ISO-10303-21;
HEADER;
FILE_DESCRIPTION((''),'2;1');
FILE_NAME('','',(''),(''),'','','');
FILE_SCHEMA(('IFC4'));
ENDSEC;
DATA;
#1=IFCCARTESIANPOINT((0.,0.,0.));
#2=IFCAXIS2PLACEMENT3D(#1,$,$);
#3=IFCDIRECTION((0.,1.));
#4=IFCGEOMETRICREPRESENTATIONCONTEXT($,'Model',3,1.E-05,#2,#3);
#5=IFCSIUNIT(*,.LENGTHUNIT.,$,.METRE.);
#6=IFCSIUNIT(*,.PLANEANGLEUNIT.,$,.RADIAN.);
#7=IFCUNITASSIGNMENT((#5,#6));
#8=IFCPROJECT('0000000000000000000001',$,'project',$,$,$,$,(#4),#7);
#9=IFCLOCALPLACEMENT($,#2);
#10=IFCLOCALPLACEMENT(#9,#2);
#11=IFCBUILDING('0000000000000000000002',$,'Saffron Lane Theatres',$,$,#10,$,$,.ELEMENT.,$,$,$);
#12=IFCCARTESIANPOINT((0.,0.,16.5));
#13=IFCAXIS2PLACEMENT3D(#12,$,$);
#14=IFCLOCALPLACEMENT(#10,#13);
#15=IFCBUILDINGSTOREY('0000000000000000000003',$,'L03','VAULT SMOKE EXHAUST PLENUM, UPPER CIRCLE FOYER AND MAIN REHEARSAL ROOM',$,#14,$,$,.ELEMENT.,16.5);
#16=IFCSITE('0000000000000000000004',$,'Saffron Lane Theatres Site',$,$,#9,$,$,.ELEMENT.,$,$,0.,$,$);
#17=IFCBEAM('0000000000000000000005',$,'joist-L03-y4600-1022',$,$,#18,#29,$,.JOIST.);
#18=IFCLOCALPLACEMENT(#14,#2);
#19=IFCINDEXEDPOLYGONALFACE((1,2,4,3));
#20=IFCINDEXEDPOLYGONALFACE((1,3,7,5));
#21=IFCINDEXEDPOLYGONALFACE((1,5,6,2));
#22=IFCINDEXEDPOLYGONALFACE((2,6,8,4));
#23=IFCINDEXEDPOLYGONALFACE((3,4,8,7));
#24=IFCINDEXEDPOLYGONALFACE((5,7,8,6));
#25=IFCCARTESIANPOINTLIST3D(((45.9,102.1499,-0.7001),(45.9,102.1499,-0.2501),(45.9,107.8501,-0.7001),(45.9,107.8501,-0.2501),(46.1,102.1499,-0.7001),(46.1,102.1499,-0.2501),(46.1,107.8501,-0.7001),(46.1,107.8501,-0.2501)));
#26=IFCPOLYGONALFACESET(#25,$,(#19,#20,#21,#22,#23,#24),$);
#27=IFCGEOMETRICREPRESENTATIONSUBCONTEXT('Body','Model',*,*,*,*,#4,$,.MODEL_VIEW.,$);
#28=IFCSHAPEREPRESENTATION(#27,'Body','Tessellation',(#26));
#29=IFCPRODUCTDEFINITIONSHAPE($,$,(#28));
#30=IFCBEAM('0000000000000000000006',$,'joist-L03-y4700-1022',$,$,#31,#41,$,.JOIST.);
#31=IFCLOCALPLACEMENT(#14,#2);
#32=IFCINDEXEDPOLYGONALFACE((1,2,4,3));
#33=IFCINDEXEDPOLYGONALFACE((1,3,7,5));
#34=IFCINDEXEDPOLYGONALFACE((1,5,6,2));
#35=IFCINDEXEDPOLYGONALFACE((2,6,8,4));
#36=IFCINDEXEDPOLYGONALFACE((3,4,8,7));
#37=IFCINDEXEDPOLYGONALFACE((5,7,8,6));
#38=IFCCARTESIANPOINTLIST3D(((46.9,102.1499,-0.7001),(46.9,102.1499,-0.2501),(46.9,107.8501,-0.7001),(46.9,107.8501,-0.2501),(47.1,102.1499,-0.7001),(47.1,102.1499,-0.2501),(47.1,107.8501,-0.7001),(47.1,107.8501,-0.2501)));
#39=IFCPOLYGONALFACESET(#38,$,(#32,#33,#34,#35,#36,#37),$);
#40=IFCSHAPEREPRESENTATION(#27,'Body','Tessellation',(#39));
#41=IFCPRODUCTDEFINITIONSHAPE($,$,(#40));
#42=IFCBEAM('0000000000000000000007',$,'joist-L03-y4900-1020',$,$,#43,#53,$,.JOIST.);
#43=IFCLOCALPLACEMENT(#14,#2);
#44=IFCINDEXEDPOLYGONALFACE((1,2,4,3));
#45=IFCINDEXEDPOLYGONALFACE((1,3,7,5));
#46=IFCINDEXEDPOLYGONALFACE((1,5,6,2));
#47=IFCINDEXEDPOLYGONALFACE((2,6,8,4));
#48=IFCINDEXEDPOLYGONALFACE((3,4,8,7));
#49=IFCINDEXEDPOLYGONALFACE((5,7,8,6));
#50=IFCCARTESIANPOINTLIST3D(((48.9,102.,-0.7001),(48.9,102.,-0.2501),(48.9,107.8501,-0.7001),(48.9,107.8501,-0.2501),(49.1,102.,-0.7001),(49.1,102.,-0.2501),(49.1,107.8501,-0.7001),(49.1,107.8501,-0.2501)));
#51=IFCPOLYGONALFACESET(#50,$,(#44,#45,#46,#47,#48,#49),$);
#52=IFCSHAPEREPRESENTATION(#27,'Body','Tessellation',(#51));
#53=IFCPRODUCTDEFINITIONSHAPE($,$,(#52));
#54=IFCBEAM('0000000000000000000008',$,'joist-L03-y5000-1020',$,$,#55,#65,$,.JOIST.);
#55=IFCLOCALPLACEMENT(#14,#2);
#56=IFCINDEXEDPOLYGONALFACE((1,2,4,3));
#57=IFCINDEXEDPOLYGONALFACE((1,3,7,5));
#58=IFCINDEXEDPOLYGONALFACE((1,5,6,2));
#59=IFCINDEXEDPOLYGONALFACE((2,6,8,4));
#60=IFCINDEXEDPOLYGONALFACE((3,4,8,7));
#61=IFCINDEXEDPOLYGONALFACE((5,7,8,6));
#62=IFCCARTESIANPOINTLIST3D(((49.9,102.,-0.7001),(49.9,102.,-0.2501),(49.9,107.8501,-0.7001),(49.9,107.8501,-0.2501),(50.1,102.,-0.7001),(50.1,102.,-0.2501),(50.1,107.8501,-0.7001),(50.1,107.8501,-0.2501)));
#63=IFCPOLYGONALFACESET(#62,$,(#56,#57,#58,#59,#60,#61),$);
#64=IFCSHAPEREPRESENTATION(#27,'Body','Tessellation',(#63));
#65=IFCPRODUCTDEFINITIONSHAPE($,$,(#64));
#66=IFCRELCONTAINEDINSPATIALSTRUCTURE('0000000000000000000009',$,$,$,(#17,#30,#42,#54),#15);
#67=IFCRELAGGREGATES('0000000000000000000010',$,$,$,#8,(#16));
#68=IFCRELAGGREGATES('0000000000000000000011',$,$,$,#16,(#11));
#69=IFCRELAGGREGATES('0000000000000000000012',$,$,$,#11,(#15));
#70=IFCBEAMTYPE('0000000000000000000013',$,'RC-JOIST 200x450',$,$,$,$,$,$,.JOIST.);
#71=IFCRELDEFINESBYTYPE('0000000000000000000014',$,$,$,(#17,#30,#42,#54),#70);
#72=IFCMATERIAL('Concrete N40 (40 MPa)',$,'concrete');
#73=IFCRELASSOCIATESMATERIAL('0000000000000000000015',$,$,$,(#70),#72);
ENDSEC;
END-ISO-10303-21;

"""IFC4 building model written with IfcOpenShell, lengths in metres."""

from ifc_helpers import new_model, si_unit, direction, frame, origin, origin_2d, place, context, subcontext, project, spatial, rectangle, extrude, material, material_profile, profile_set, type_object, element, save


model = new_model("IFC4")

# Units and contexts
model_context = context("Model", 3, precision=1e-05, world=origin(), true_north=direction((0.0, 1.0)))
body_context = subcontext(model_context, "Body", "Model", "MODEL_VIEW")
ifc_project = project(units=[si_unit("LENGTHUNIT", "METRE"), si_unit("PLANEANGLEUNIT", "RADIAN")], contexts=[model_context])

# Site, building, storey
site_placement = place(None, origin())
site = spatial("IfcSite", under=ifc_project, at=site_placement, Name="Saffron Lane Theatres Site", CompositionType="ELEMENT", RefElevation=0.0)
building_placement = place(site_placement, origin())
building = spatial("IfcBuilding", under=site, at=building_placement, Name="Saffron Lane Theatres", CompositionType="ELEMENT")
storey_placement = place(building_placement, frame((0.0, 0.0, 16.5)))
storey = spatial("IfcBuildingStorey", under=building, at=storey_placement, Name="L03", Description="VAULT SMOKE EXHAUST PLENUM, UPPER CIRCLE FOYER AND MAIN REHEARSAL ROOM", CompositionType="ELEMENT", Elevation=16.5)

# Beams
ifc_material_1 = material(Name="Concrete N40 (40 MPa)", Category="concrete")
ifc_material_profile_1 = material_profile(ifc_material_1, rectangle(XDim=0.2, YDim=0.45, at=origin_2d()))
ifc_profile_set_1 = profile_set([ifc_material_profile_1], Name="Concrete N40 (40 MPa)")
beam_type_1 = type_object("IfcBeamType", Name="RC-JOIST 200x450", PredefinedType="JOIST", material=ifc_profile_set_1)
for number, where, z_axis, x_axis, name in (
    (1, (46.0, 102.1499, -0.4751), (0.0, 1.0, 0.0), (-1.0, 0.0, 0.0), "joist-L03-y4600-1022"),
    (2, (47.0, 102.1499, -0.4751), (0.0, 1.0, 0.0), (-1.0, 0.0, 0.0), "joist-L03-y4700-1022"),
):
    element("IfcBeam", number, at=place(storey_placement, frame(where, z_axis=z_axis, x_axis=x_axis)), inside=storey, type_object=beam_type_1, Name=name, PredefinedType="JOIST", context=body_context, shape_type="SweptSolid", body=[
        extrude(rectangle(XDim=0.2, YDim=0.45, at=origin_2d()), origin(), (0.0, 0.0, 1.0), 5.7002),
    ])
for number, where, z_axis, x_axis, name in (
    (3, (49.0, 102.0, -0.4751), (0.0, 1.0, 0.0), (-1.0, 0.0, 0.0), "joist-L03-y4900-1020"),
    (4, (50.0, 102.0, -0.4751), (0.0, 1.0, 0.0), (-1.0, 0.0, 0.0), "joist-L03-y5000-1020"),
):
    element("IfcBeam", number, at=place(storey_placement, frame(where, z_axis=z_axis, x_axis=x_axis)), inside=storey, type_object=beam_type_1, Name=name, PredefinedType="JOIST", context=body_context, shape_type="SweptSolid", body=[
        extrude(rectangle(XDim=0.2, YDim=0.45, at=origin_2d()), origin(), (0.0, 0.0, 1.0), 5.8501),
    ])

save(model, "model.ifc")
